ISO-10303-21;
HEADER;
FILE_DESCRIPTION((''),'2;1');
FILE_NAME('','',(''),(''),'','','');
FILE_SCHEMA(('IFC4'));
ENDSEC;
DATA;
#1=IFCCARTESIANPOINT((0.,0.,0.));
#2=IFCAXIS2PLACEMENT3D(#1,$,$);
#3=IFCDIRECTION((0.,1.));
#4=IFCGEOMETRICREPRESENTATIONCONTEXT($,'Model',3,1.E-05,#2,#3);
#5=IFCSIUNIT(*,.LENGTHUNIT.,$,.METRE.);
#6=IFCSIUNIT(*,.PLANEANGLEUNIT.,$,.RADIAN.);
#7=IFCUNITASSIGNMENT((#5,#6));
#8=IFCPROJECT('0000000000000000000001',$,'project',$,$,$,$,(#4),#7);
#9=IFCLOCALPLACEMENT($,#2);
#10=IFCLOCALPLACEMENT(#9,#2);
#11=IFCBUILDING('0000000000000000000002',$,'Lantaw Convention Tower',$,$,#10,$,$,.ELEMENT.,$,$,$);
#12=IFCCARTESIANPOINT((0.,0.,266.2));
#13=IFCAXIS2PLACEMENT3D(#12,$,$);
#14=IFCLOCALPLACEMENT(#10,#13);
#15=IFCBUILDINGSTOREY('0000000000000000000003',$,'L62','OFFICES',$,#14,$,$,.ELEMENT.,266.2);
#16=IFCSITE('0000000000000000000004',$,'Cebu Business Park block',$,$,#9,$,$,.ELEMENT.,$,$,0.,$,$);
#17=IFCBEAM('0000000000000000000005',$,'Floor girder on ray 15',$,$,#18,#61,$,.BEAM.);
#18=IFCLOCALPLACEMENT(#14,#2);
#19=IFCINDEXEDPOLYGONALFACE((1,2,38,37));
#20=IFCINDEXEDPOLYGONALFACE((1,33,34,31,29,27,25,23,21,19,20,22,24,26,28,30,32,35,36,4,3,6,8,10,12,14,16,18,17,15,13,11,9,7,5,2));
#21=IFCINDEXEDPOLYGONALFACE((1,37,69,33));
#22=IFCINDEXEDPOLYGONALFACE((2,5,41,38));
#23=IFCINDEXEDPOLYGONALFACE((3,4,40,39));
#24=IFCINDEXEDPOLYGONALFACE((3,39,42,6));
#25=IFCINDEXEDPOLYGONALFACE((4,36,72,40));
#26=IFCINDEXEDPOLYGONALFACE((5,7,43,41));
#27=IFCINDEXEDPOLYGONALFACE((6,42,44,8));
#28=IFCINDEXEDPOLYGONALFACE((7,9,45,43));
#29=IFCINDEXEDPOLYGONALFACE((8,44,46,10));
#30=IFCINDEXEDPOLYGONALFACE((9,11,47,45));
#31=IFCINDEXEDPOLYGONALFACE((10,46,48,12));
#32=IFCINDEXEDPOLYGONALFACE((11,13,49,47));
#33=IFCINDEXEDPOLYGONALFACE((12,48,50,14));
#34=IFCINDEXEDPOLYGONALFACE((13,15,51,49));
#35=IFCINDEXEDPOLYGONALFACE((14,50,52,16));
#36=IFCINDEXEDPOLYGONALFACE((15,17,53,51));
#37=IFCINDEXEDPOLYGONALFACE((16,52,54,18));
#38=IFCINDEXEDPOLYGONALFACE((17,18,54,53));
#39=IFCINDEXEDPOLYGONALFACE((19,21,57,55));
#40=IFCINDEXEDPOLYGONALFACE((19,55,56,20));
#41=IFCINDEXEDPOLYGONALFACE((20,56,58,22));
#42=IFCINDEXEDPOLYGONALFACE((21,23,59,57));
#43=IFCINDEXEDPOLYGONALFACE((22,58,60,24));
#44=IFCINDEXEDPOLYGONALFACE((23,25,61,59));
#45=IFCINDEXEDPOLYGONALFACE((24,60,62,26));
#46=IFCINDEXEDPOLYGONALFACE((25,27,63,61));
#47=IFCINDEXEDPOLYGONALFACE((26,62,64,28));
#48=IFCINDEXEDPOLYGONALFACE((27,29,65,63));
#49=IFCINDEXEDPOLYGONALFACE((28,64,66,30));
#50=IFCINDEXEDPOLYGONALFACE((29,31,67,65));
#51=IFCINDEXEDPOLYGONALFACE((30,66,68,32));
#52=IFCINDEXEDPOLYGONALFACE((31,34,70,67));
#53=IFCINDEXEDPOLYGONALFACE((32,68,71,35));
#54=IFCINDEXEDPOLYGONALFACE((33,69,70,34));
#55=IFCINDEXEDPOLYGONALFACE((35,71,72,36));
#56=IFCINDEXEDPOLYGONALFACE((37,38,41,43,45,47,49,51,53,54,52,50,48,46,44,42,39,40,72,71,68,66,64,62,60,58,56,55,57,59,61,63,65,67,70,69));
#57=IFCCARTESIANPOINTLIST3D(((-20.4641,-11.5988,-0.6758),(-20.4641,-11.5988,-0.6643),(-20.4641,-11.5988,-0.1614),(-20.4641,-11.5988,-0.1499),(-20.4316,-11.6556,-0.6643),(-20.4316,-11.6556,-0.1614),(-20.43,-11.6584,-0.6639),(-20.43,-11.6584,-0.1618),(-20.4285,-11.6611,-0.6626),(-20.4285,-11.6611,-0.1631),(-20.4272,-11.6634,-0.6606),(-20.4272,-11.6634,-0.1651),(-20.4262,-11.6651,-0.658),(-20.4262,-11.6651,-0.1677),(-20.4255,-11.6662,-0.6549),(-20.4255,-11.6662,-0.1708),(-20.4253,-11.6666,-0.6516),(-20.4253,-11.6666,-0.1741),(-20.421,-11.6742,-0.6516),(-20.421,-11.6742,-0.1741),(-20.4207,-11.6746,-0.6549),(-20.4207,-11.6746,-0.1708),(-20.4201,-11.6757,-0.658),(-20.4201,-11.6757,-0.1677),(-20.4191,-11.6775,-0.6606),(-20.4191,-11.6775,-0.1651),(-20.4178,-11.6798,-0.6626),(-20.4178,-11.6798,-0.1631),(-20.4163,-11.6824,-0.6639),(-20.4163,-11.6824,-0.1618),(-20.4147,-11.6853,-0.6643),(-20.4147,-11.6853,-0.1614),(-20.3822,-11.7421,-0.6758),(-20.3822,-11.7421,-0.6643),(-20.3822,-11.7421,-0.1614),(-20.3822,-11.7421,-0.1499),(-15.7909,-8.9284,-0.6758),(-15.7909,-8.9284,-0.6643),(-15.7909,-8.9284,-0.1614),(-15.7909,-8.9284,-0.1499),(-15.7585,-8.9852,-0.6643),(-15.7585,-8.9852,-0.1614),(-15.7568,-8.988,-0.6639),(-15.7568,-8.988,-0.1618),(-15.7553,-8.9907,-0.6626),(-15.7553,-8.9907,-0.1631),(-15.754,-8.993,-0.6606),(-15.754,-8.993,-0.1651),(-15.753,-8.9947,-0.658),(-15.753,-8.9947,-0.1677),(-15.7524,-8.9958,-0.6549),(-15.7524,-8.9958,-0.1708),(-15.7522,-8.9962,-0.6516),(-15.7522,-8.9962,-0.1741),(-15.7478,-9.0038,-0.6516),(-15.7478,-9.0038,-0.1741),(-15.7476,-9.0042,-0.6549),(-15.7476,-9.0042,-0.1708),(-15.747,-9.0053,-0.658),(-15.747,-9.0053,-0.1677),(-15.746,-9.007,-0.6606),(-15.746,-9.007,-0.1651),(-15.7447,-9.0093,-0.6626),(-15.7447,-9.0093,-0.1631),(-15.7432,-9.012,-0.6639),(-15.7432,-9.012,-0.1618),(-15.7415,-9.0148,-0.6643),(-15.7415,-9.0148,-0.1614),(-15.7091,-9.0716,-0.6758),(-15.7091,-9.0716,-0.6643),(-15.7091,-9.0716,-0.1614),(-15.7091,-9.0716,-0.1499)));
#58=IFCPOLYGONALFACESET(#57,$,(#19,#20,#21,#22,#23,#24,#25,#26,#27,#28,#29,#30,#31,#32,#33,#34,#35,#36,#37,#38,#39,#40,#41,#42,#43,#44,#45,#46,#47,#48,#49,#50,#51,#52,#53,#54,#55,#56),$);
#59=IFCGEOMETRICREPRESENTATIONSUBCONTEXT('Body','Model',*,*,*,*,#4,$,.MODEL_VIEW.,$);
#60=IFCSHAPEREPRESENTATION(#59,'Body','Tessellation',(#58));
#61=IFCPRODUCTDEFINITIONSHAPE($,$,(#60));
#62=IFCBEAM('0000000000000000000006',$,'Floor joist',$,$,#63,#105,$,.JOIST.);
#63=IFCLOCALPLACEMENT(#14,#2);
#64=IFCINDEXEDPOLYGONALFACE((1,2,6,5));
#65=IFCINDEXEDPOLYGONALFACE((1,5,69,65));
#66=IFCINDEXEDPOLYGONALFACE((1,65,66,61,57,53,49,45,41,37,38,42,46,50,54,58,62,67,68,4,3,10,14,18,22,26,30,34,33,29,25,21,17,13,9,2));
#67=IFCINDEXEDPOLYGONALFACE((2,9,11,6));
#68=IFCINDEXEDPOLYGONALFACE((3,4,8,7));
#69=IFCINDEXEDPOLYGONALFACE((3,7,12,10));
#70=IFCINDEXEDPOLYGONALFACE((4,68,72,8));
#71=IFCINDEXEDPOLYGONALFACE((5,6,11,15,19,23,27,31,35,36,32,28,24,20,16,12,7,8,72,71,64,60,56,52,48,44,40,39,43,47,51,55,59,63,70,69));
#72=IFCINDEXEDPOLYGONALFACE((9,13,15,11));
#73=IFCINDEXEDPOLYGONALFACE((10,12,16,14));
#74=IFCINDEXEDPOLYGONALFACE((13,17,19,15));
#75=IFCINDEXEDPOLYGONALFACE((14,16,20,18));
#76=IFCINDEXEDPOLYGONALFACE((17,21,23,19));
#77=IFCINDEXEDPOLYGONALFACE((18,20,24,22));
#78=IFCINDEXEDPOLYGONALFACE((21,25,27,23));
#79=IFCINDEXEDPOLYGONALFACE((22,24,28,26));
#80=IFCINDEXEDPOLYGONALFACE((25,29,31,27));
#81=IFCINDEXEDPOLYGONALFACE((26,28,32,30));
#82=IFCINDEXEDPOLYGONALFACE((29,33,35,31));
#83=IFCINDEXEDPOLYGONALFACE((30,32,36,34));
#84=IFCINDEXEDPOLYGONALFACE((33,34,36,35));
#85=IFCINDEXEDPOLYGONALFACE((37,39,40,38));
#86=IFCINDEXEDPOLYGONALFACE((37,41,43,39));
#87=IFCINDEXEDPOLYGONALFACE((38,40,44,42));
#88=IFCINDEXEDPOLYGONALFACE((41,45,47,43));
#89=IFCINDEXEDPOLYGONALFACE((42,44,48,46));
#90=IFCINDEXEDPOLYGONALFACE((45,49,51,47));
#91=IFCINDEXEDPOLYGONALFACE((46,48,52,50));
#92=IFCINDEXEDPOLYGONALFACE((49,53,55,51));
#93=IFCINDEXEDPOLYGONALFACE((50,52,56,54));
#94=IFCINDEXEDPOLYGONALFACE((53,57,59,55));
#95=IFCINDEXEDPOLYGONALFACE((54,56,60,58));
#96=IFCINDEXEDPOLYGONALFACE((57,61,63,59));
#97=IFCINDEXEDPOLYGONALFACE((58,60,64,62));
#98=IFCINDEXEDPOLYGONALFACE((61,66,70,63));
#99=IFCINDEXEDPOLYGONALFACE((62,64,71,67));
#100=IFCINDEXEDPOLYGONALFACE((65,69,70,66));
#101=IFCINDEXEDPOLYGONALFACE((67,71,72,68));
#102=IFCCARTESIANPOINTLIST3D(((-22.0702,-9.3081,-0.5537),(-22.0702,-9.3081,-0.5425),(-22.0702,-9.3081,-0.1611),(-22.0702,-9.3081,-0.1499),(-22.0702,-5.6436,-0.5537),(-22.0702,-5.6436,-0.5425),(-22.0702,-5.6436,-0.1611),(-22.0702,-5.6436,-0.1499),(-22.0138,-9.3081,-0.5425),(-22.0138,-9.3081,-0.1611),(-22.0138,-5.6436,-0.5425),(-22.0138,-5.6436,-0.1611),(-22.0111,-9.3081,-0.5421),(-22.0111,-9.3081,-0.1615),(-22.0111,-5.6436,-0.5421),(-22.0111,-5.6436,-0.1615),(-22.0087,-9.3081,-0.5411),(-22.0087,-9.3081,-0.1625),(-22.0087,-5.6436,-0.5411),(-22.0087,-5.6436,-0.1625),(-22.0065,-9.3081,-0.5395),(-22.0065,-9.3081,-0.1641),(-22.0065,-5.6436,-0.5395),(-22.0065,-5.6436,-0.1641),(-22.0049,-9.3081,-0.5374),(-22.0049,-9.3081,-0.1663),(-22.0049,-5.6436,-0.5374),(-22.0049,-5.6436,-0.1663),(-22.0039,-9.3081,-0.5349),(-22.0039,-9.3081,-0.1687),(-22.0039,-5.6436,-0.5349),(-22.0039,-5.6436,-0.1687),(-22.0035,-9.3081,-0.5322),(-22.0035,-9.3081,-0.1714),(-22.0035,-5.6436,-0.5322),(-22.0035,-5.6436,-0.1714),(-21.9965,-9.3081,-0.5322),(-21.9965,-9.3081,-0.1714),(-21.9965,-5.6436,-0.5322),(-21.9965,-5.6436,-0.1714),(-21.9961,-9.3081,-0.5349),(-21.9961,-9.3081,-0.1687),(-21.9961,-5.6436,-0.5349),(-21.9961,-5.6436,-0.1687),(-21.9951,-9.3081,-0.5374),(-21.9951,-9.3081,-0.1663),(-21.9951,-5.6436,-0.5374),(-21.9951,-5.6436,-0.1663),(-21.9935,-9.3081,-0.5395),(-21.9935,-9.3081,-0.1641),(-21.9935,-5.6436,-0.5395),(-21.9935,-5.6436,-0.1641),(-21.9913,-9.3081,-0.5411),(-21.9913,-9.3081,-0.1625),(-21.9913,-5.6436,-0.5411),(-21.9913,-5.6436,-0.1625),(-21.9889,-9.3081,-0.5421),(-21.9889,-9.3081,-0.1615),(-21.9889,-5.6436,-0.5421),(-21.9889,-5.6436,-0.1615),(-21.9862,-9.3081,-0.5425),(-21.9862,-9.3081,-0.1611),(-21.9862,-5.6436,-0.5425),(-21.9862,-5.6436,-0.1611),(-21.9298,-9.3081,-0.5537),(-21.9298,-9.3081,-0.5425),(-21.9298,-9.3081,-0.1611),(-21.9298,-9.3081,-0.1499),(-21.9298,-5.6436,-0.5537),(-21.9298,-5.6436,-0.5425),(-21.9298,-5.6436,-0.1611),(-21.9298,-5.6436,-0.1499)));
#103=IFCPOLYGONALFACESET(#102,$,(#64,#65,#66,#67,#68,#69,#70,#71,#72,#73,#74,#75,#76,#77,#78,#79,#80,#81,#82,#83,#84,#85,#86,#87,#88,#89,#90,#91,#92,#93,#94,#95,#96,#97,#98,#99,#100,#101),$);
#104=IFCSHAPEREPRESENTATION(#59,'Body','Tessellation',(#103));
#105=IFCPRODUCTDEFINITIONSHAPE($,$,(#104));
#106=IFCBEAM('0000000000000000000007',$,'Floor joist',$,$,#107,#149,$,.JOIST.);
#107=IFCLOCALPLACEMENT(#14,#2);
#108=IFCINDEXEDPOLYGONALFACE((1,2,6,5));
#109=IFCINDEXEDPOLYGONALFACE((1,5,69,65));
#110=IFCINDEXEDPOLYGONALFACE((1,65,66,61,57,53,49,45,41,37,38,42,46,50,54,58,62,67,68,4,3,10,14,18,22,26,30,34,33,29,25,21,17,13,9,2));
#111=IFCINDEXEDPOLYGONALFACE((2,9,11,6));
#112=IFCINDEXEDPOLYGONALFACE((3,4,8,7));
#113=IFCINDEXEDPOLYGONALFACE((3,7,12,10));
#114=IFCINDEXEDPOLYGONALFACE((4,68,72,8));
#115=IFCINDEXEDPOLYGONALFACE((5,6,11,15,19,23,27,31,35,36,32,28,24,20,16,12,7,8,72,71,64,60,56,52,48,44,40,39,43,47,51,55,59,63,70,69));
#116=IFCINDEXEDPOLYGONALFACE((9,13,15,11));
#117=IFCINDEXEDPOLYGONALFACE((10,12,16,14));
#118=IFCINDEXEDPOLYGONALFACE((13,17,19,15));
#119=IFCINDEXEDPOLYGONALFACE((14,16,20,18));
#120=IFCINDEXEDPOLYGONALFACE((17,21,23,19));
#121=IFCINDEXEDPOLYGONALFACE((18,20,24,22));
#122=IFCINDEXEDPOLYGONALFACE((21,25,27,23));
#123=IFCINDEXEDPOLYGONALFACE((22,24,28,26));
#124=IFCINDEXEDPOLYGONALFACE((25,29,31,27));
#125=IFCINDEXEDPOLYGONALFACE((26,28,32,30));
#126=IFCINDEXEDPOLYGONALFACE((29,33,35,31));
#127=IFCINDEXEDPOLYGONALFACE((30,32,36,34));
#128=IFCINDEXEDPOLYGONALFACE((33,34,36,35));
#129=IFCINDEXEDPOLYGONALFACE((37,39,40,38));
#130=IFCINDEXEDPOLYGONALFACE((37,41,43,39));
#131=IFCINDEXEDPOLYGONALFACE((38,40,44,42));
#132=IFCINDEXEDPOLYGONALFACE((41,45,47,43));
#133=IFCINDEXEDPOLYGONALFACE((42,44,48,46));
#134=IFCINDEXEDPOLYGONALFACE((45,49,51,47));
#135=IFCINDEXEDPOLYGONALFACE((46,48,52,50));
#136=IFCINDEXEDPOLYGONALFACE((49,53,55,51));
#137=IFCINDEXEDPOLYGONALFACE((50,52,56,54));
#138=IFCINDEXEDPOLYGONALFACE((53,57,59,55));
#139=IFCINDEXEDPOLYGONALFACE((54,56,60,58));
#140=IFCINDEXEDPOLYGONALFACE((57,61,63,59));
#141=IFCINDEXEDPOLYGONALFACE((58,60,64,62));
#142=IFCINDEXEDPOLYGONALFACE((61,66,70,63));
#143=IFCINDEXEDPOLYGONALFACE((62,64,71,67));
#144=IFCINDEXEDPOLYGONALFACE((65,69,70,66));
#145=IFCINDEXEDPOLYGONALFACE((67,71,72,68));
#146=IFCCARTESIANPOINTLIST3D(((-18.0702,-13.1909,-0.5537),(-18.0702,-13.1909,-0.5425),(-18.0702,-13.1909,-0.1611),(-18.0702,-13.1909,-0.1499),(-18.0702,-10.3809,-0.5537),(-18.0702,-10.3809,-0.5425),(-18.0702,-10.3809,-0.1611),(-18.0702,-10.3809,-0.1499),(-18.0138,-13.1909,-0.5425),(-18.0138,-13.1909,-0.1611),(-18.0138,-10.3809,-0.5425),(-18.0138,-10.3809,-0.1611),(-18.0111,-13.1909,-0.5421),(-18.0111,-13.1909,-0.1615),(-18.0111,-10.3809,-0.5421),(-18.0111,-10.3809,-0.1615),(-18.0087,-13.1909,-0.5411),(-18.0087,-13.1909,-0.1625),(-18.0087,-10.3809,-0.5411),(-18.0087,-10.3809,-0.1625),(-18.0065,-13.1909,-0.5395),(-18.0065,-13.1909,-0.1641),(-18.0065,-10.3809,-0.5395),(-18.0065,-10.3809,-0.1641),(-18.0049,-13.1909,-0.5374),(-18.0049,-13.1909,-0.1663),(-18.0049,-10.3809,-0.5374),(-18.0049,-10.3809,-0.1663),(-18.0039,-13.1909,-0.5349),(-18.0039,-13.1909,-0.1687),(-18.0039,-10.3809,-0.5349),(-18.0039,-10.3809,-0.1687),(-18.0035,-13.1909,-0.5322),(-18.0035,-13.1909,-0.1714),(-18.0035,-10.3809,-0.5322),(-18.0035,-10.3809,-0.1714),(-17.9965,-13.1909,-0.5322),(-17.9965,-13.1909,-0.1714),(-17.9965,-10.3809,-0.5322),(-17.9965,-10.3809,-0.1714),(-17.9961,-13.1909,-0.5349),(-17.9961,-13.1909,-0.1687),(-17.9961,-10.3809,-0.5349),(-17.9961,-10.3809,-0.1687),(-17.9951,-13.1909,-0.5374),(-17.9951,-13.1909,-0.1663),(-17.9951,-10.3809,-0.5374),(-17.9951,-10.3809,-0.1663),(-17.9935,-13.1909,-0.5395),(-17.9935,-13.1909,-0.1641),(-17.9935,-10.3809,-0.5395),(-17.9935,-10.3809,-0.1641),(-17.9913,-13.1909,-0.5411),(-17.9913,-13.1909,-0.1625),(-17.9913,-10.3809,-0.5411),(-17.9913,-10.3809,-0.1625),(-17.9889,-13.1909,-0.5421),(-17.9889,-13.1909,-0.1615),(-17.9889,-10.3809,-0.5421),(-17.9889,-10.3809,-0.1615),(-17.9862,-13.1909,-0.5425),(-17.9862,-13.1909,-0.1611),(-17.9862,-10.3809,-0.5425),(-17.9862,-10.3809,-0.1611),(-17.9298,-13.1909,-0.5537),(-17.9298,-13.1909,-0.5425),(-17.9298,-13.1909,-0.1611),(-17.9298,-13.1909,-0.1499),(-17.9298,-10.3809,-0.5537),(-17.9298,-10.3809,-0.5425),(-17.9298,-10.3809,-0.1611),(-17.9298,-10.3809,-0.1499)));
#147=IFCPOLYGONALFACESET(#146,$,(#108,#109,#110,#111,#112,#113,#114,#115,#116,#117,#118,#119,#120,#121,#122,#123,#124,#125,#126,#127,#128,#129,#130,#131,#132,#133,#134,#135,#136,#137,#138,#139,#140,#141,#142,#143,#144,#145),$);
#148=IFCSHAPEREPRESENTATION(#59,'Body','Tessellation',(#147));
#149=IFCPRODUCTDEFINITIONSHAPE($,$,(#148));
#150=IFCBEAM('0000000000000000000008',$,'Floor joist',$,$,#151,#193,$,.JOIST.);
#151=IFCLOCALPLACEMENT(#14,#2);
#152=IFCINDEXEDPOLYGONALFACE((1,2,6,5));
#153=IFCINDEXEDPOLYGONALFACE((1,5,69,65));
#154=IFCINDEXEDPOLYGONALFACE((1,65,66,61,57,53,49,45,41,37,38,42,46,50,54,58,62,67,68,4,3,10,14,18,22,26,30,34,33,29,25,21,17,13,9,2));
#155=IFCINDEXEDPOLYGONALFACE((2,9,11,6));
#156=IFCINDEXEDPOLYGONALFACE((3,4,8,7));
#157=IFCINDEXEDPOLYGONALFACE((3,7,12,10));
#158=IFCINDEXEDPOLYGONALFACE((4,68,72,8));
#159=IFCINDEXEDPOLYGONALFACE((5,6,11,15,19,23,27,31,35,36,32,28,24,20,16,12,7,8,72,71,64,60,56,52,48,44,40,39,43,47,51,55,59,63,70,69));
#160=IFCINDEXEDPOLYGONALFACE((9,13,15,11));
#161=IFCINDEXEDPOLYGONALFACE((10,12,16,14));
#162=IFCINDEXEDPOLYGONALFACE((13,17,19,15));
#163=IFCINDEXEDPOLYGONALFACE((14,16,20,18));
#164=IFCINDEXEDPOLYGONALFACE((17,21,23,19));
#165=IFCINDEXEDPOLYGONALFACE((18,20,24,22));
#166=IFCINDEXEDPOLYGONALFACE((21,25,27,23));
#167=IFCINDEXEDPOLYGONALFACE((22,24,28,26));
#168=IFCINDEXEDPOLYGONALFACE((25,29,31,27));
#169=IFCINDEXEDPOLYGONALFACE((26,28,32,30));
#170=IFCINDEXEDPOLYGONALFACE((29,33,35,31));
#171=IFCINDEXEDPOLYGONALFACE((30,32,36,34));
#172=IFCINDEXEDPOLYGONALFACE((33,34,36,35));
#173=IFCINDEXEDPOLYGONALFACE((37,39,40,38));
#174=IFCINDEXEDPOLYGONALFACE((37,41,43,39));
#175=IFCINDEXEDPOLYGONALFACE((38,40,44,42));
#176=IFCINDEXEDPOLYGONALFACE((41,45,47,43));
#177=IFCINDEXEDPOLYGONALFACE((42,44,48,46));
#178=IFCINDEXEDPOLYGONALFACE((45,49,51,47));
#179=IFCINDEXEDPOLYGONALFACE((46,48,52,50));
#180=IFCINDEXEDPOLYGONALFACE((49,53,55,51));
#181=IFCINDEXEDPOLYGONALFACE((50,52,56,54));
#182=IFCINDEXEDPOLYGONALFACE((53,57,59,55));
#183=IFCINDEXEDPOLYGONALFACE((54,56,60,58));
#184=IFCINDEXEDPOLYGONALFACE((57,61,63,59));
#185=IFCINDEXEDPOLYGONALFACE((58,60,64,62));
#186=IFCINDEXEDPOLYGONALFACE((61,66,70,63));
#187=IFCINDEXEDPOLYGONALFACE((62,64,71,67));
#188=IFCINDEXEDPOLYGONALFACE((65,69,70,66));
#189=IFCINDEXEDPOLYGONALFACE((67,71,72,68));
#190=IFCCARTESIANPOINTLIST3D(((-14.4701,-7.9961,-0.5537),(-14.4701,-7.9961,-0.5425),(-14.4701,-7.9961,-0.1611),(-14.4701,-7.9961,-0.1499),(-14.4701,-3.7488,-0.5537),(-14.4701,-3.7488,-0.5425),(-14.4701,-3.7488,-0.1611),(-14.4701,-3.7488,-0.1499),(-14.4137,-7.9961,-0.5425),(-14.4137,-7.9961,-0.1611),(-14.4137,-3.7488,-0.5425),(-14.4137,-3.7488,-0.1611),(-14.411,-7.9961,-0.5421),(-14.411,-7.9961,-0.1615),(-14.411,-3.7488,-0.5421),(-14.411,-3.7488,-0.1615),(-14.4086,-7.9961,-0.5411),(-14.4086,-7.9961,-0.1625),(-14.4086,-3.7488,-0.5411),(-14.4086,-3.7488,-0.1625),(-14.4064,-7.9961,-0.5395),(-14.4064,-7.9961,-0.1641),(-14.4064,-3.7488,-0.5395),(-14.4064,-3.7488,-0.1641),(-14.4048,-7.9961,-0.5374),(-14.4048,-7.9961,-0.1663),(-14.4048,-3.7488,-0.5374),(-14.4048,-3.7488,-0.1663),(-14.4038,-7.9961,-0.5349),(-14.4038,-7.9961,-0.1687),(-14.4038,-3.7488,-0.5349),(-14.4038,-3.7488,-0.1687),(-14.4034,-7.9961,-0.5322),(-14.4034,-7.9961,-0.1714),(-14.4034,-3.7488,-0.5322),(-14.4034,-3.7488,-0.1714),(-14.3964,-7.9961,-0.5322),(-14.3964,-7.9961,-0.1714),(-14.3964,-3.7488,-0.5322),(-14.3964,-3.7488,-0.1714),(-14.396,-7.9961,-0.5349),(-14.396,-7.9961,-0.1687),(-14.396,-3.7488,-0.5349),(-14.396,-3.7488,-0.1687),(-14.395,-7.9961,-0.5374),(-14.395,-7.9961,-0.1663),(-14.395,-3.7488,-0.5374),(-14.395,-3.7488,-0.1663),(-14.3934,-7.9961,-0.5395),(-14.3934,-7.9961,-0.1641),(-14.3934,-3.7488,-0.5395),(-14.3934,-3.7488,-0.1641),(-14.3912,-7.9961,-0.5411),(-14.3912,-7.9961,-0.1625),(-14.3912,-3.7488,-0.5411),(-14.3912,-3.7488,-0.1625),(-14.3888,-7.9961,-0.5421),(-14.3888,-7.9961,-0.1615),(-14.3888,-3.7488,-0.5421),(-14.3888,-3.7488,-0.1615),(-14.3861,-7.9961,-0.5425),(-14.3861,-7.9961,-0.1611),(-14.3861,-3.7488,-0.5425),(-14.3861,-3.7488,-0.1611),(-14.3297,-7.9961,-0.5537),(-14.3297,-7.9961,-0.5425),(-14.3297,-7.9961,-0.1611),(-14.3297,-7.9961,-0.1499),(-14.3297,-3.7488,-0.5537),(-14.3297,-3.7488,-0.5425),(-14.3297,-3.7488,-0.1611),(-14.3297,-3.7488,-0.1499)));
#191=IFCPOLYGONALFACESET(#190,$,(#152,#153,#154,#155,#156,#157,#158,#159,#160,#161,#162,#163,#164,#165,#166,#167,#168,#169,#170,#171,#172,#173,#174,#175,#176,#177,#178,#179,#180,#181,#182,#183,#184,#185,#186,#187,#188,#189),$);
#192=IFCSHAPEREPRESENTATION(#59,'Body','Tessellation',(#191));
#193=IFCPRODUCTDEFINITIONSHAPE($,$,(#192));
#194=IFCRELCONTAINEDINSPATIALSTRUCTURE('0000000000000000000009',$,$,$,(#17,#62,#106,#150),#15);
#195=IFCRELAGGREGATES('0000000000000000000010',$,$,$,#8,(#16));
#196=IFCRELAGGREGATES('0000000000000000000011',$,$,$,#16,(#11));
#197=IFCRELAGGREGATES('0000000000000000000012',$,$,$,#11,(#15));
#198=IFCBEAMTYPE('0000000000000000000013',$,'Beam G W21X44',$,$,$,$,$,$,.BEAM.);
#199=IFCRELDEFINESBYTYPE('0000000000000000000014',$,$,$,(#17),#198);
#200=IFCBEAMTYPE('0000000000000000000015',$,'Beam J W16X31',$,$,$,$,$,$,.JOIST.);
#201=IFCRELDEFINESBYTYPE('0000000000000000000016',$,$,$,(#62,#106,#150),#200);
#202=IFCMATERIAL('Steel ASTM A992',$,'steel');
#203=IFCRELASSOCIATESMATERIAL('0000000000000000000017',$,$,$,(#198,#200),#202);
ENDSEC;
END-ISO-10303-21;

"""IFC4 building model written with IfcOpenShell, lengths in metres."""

from ifc_helpers import new_model, si_unit, direction, frame, origin, origin_2d, place, context, subcontext, project, spatial, i_section, extrude, material, material_profile, profile_set, type_object, element, save


model = new_model("IFC4")

# Units and contexts
model_context = context("Model", 3, precision=1e-05, world=origin(), true_north=direction((0.0, 1.0)))
body_context = subcontext(model_context, "Body", "Model", "MODEL_VIEW")
ifc_project = project(units=[si_unit("LENGTHUNIT", "METRE"), si_unit("PLANEANGLEUNIT", "RADIAN")], contexts=[model_context])

# Site, building, storey
site_placement = place(None, origin())
site = spatial("IfcSite", under=ifc_project, at=site_placement, Name="Cebu Business Park block", CompositionType="ELEMENT", RefElevation=0.0)
building_placement = place(site_placement, origin())
building = spatial("IfcBuilding", under=site, at=building_placement, Name="Lantaw Convention Tower", CompositionType="ELEMENT")
storey_placement = place(building_placement, frame((0.0, 0.0, 266.2)))
storey = spatial("IfcBuildingStorey", under=building, at=storey_placement, Name="L62", Description="OFFICES", CompositionType="ELEMENT", Elevation=266.2)

# Beams
ifc_material_1 = material(Name="Steel ASTM A992", Category="steel")
ifc_material_profile_1 = material_profile(ifc_material_1, i_section(OverallWidth=0.165, OverallDepth=0.5259, WebThickness=0.0088, FlangeThickness=0.0115, FilletRadius=0.0127, at=origin_2d()), Name="W21X44")
ifc_profile_set_1 = profile_set([ifc_material_profile_1], Name="Steel ASTM A992")
beam_type_1 = type_object("IfcBeamType", Name="Beam G W21X44", PredefinedType="BEAM", material=ifc_profile_set_1)
beam_1_placement = place(storey_placement, frame((-15.75, -9.0, -0.4128), z_axis=(-0.868238, -0.496149, 0.0), x_axis=(0.496149, -0.868238, 0.0)))
element("IfcBeam", 1, at=beam_1_placement, inside=storey, type_object=beam_type_1, Name="Floor girder on ray 15", PredefinedType="BEAM", context=body_context, shape_type="SweptSolid", body=[
    extrude(i_section(OverallWidth=0.165, OverallDepth=0.5259, WebThickness=0.0088, FlangeThickness=0.0115, FilletRadius=0.0127, at=origin_2d()), origin(), (0.0, 0.0, 1.0), 5.3823),
])
ifc_material_profile_2 = material_profile(ifc_material_1, i_section(OverallWidth=0.1404, OverallDepth=0.4038, WebThickness=0.0071, FlangeThickness=0.0112, FilletRadius=0.0103, at=origin_2d()), Name="W16X31")
ifc_profile_set_2 = profile_set([ifc_material_profile_2], Name="Steel ASTM A992")
beam_type_2 = type_object("IfcBeamType", Name="Beam J W16X31", PredefinedType="JOIST", material=ifc_profile_set_2)
beam_2_placement = place(storey_placement, frame((-22.0, -9.3081, -0.3518), z_axis=(0.0, 1.0, 0.0), x_axis=(-1.0, 0.0, 0.0)))
element("IfcBeam", 2, at=beam_2_placement, inside=storey, type_object=beam_type_2, Name="Floor joist", PredefinedType="JOIST", context=body_context, shape_type="SweptSolid", body=[
    extrude(i_section(OverallWidth=0.1404, OverallDepth=0.4038, WebThickness=0.0071, FlangeThickness=0.0112, FilletRadius=0.0103, at=origin_2d()), origin(), (0.0, 0.0, 1.0), 3.6646),
])
beam_3_placement = place(storey_placement, frame((-18.0, -13.1909, -0.3518), z_axis=(0.0, 1.0, 0.0), x_axis=(-1.0, 0.0, 0.0)))
element("IfcBeam", 3, at=beam_3_placement, inside=storey, type_object=beam_type_2, Name="Floor joist", PredefinedType="JOIST", context=body_context, shape_type="SweptSolid", body=[
    extrude(i_section(OverallWidth=0.1404, OverallDepth=0.4038, WebThickness=0.0071, FlangeThickness=0.0112, FilletRadius=0.0103, at=origin_2d()), origin(), (0.0, 0.0, 1.0), 2.8101),
])
beam_4_placement = place(storey_placement, frame((-14.3999, -7.9961, -0.3518), z_axis=(0.0, 1.0, 0.0), x_axis=(-1.0, 0.0, 0.0)))
element("IfcBeam", 4, at=beam_4_placement, inside=storey, type_object=beam_type_2, Name="Floor joist", PredefinedType="JOIST", context=body_context, shape_type="SweptSolid", body=[
    extrude(i_section(OverallWidth=0.1404, OverallDepth=0.4038, WebThickness=0.0071, FlangeThickness=0.0112, FilletRadius=0.0103, at=origin_2d()), origin(), (0.0, 0.0, 1.0), 4.2473),
])

save(model, "model.ifc")
